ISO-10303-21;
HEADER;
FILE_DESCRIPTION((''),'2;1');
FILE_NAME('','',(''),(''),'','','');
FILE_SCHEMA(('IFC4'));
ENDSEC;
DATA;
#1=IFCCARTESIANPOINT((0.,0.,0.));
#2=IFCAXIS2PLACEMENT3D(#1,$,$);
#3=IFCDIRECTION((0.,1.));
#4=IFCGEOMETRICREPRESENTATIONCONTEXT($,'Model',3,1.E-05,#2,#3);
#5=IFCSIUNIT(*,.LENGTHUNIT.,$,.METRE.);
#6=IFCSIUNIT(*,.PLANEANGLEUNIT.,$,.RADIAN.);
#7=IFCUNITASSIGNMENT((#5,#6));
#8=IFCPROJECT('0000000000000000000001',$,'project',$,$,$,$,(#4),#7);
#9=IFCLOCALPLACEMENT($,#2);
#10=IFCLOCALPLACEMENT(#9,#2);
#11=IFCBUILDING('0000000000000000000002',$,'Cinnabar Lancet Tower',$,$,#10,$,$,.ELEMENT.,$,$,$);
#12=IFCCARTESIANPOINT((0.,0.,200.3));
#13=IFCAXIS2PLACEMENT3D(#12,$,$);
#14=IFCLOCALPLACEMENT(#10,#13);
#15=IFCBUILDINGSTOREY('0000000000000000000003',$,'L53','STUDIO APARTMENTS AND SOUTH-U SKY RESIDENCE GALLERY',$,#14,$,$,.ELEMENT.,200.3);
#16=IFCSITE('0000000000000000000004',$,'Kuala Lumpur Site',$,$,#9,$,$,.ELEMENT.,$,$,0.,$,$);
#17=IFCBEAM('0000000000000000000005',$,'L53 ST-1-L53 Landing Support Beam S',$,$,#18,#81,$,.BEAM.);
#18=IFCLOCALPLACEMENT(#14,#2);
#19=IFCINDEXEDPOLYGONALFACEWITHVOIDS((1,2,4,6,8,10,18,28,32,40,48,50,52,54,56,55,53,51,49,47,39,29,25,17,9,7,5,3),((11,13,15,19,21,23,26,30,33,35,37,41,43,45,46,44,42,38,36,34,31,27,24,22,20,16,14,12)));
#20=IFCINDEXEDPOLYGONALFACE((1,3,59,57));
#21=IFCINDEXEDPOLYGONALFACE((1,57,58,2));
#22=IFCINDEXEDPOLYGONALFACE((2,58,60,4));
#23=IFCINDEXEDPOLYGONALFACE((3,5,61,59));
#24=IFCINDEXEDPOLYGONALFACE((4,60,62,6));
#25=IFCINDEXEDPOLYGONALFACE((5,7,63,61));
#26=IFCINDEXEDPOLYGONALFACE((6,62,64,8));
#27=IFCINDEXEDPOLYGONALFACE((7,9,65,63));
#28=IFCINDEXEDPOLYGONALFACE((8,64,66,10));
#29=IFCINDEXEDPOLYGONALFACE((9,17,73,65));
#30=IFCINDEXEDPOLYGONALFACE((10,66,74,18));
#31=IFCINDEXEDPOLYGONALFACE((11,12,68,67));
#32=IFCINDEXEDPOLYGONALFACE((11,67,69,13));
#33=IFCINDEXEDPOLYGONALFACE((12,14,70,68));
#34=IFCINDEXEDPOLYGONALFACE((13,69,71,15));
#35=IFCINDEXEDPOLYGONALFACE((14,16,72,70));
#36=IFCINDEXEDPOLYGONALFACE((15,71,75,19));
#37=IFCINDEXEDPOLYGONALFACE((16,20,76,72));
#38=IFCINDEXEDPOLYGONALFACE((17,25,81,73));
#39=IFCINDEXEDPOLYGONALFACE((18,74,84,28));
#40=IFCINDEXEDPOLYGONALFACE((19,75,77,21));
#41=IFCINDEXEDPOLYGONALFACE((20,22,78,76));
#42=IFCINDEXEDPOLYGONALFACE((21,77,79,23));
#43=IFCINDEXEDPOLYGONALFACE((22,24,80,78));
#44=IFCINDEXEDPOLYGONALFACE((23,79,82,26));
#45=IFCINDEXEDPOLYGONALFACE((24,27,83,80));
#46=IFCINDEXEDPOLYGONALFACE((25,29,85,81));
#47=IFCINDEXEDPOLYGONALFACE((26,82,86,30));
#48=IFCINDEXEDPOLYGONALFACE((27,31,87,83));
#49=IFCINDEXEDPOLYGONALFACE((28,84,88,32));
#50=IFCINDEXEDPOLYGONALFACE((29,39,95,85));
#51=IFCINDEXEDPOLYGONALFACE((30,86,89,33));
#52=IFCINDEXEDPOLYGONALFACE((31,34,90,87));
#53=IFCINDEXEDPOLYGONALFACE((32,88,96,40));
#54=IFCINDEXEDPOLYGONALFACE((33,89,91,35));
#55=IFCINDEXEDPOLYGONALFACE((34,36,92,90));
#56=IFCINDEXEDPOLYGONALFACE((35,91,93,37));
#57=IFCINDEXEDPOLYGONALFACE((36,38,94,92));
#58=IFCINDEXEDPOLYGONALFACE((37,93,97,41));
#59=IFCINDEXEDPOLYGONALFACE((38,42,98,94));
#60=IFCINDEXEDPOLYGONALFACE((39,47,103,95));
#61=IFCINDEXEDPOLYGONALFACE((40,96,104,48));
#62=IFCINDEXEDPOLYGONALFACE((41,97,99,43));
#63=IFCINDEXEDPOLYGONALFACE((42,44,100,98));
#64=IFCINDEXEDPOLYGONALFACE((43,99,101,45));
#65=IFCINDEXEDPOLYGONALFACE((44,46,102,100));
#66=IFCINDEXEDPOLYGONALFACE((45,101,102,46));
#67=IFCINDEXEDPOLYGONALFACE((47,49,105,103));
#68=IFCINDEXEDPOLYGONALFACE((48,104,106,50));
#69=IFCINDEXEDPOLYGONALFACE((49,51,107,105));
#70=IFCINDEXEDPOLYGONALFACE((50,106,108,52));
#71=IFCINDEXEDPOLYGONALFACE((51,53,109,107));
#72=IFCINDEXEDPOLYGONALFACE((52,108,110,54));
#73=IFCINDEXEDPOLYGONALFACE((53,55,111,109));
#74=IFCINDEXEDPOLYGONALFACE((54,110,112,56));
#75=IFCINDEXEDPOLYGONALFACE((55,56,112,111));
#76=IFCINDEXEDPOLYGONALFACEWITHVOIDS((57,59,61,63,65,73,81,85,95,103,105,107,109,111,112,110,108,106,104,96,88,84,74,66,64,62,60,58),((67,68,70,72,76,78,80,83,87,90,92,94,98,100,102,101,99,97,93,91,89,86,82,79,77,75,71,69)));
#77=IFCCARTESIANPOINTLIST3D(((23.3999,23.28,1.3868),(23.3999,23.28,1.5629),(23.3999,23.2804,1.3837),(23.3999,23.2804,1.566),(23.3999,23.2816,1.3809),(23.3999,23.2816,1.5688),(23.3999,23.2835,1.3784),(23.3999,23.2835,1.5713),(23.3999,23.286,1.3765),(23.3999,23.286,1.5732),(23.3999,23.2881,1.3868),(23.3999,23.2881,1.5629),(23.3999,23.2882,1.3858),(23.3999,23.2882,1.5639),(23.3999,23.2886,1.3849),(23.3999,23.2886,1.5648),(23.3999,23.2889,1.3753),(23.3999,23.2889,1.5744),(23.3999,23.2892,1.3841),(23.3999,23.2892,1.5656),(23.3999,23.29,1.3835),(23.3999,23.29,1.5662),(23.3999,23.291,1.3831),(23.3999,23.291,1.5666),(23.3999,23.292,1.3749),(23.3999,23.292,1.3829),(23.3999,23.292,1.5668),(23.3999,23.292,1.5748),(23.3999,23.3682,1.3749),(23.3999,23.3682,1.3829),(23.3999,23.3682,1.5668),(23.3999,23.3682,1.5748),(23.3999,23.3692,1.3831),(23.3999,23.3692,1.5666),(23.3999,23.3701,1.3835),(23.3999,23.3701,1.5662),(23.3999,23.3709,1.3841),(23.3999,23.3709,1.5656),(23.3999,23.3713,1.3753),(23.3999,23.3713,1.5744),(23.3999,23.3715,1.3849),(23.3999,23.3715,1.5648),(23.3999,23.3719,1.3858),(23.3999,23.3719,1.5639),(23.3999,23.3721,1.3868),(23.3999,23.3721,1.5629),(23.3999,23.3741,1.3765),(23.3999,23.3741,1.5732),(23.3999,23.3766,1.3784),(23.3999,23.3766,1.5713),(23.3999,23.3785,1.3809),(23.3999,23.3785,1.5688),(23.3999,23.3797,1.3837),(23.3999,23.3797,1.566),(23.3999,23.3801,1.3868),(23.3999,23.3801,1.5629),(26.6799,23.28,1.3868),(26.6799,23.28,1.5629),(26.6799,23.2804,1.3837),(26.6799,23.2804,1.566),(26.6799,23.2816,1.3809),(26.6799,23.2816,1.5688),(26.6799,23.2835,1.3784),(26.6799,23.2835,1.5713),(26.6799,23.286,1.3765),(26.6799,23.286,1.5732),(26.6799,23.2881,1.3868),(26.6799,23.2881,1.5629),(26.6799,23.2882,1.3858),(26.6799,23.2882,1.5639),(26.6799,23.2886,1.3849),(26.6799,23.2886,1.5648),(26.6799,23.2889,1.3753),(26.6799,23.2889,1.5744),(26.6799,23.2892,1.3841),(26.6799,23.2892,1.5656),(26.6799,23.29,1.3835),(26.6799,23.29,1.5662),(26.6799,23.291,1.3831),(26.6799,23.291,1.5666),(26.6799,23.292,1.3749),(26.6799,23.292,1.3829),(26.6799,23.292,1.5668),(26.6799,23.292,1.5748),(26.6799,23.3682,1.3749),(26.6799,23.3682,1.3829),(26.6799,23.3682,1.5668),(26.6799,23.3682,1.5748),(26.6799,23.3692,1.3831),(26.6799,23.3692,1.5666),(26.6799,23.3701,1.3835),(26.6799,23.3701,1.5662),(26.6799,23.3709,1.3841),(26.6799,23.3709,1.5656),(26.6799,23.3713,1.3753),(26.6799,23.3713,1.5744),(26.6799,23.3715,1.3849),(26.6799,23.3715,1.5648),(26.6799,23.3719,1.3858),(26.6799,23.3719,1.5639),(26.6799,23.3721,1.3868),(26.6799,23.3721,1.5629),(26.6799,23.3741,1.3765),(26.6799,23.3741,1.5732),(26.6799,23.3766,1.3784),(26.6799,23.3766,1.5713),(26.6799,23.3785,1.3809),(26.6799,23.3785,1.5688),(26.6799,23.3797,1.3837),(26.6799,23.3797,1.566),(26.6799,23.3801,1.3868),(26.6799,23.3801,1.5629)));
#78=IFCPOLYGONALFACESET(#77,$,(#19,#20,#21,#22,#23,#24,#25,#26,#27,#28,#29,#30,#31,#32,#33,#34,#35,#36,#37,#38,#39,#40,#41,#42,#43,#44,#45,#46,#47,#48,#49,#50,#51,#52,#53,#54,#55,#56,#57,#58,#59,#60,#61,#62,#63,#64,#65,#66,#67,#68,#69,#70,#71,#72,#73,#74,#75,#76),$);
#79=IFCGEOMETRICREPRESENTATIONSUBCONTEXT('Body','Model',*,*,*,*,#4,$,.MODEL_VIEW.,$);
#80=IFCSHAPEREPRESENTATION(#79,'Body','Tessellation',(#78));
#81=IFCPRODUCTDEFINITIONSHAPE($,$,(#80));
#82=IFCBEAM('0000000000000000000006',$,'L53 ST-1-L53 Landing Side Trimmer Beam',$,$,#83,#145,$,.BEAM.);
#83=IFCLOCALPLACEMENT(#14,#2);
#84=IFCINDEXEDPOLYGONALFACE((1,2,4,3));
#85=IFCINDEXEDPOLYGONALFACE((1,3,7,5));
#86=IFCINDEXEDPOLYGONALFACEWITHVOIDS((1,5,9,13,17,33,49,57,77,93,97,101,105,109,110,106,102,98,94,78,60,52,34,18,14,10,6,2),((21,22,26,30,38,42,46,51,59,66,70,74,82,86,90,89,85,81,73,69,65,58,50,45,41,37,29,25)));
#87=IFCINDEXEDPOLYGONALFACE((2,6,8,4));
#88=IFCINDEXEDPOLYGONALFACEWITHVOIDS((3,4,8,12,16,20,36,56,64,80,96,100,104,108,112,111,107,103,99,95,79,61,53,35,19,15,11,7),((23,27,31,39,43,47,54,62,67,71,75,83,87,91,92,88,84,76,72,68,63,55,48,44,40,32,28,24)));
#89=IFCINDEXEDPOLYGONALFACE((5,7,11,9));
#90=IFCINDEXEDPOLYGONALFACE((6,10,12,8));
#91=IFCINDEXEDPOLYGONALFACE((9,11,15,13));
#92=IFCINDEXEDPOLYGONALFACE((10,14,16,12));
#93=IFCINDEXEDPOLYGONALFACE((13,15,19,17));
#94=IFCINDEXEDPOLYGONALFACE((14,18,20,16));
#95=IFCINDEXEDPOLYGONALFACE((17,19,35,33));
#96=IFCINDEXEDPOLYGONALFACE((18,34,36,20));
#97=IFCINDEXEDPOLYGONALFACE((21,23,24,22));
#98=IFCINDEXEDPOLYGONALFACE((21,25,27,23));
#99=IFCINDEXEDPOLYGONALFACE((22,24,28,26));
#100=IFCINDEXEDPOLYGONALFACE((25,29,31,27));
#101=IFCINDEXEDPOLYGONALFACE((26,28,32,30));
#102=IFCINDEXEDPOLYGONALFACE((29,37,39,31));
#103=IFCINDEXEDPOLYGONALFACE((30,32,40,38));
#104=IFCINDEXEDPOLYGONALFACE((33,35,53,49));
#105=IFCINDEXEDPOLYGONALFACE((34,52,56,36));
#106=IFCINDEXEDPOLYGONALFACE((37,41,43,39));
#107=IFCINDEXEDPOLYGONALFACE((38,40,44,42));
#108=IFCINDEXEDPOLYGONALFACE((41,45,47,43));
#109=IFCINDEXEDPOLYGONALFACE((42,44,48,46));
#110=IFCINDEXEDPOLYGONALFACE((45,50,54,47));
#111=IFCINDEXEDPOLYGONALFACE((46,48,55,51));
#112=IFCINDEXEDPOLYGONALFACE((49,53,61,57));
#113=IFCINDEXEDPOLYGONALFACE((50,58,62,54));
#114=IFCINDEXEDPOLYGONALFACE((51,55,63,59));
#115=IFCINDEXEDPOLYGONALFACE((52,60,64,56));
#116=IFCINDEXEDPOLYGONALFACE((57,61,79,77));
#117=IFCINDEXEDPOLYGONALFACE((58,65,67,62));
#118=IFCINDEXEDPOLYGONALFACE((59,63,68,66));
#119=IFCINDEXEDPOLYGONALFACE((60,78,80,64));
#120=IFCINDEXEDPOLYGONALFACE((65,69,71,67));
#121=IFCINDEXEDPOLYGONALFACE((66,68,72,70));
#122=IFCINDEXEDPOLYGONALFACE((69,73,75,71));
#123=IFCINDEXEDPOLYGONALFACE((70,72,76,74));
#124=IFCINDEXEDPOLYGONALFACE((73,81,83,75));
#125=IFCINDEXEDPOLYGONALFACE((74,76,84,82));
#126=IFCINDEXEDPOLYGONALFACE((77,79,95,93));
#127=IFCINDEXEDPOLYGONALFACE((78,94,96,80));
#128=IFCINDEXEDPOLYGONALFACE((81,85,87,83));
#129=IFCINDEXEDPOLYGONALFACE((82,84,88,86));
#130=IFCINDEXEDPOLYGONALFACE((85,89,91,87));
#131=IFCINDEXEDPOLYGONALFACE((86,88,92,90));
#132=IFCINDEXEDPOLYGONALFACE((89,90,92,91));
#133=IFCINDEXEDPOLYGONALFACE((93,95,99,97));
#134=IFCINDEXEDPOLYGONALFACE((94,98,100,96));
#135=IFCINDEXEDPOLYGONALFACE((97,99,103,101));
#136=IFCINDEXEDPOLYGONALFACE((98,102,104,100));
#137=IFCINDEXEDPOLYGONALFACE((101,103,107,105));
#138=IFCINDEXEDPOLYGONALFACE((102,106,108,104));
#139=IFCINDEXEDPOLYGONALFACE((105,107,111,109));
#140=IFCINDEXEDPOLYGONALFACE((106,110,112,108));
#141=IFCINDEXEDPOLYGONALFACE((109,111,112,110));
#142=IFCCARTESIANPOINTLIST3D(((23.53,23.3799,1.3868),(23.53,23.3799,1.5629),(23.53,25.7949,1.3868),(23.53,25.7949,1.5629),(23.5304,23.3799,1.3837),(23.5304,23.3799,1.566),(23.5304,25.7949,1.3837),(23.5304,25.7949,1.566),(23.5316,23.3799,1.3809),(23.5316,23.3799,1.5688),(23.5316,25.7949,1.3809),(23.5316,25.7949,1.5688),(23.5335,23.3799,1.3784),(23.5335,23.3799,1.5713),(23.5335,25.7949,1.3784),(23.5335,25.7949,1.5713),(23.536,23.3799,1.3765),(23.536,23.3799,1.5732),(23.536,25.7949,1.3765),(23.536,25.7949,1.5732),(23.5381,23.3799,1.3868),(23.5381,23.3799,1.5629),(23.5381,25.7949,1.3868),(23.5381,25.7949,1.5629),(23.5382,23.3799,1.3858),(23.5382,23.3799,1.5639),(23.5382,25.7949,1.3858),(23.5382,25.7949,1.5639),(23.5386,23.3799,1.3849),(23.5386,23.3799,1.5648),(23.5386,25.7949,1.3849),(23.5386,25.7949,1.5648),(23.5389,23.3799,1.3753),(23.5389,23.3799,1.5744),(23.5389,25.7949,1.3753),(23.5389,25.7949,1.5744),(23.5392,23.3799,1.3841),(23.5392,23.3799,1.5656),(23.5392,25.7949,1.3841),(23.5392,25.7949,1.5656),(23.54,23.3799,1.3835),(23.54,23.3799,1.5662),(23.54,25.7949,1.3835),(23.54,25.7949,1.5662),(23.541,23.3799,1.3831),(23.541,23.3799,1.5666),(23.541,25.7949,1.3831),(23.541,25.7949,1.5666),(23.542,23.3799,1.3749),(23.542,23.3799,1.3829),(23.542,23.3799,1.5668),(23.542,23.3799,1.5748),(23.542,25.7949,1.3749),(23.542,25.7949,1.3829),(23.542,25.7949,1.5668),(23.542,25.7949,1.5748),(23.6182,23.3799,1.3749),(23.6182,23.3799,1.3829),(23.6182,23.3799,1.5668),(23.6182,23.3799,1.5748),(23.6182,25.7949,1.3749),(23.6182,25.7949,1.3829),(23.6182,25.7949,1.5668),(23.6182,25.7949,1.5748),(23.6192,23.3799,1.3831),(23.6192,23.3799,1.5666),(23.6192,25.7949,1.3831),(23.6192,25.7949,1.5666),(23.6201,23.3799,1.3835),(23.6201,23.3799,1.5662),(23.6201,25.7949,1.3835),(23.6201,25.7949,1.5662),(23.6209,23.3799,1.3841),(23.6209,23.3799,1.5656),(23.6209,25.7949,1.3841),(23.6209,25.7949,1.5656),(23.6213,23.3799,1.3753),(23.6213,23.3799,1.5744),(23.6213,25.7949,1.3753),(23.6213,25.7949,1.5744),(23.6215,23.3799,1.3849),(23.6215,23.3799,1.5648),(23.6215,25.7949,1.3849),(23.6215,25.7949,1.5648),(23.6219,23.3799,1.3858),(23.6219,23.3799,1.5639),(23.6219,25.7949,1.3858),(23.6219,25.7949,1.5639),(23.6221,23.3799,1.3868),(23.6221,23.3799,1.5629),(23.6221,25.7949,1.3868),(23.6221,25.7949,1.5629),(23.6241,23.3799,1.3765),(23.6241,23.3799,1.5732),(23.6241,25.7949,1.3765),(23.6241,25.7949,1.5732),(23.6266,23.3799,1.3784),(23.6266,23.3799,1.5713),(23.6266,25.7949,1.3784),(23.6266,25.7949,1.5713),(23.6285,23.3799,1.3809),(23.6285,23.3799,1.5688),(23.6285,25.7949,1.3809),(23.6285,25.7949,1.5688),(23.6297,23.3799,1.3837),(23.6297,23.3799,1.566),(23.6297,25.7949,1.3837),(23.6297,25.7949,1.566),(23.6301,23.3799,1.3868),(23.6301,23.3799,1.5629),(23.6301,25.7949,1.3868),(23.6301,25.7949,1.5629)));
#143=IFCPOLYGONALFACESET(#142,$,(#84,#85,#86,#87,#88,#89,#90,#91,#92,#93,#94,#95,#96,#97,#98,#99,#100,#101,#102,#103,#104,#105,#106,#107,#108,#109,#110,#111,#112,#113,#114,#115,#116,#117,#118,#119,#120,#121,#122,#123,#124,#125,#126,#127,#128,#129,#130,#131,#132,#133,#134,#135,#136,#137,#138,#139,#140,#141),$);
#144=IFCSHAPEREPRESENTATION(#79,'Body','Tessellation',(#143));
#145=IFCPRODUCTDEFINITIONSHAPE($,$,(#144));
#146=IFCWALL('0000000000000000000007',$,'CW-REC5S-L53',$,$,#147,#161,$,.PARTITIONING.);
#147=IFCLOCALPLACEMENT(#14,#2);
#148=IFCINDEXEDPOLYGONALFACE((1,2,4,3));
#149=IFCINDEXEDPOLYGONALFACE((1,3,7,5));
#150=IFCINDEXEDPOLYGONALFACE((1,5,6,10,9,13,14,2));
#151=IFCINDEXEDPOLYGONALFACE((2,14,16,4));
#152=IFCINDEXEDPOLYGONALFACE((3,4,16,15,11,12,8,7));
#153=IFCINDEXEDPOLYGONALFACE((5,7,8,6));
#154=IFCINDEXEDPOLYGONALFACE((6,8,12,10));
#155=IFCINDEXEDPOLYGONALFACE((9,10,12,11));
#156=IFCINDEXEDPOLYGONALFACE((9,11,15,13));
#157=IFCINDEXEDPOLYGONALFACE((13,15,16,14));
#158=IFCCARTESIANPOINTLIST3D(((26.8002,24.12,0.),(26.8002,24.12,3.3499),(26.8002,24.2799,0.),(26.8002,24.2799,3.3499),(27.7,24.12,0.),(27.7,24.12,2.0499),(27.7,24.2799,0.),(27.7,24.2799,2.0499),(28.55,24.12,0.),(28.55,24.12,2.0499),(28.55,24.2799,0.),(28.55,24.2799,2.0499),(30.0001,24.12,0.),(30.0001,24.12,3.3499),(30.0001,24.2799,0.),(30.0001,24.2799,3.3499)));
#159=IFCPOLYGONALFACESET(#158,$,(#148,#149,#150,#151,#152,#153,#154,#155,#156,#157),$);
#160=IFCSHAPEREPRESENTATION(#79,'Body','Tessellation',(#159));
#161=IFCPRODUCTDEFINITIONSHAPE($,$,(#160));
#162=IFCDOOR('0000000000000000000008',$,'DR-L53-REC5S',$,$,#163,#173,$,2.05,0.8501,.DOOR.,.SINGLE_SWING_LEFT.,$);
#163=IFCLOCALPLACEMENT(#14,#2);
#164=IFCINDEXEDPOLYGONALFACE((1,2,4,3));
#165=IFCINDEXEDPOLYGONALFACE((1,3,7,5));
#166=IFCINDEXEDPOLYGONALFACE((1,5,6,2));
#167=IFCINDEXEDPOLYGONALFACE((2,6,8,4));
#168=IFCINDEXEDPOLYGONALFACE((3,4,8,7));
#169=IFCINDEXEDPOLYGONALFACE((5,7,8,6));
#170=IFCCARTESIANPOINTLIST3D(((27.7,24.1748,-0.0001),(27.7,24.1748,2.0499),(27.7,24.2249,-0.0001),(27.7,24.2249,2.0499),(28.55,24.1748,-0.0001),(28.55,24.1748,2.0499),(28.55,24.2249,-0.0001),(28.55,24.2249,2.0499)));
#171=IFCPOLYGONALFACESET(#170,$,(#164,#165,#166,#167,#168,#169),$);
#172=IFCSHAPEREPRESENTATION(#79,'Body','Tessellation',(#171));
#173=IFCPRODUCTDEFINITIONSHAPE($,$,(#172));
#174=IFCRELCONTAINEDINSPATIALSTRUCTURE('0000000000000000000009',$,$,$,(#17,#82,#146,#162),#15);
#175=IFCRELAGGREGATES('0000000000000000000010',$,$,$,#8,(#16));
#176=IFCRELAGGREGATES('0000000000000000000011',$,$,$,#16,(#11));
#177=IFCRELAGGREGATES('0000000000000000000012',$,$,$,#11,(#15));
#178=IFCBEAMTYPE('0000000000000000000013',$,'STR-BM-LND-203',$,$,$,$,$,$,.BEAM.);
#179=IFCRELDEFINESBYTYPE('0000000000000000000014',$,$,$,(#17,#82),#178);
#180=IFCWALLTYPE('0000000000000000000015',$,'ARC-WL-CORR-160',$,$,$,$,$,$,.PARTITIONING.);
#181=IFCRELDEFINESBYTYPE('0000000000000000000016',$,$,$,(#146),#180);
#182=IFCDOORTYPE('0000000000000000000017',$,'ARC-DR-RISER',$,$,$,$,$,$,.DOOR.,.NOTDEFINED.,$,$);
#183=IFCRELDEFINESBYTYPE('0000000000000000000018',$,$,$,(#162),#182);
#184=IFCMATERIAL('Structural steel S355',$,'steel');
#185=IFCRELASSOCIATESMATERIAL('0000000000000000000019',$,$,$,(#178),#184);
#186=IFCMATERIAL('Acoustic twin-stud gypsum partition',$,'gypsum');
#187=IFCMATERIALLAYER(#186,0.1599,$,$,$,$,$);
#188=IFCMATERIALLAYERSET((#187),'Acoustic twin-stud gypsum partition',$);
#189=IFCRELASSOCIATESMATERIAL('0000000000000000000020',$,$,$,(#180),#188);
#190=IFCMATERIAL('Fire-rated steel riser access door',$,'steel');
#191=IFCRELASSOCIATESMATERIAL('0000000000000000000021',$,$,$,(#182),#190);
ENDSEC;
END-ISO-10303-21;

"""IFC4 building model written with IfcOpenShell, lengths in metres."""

from ifc_helpers import new_model, si_unit, direction, frame, frame_2d, origin, origin_2d, place, context, subcontext, project, spatial, rectangle, hollow_rectangle, extrude, material, layer, layer_set, material_profile, profile_set, type_object, element, fill, save


model = new_model("IFC4")

# Units and contexts
model_context = context("Model", 3, precision=1e-05, world=origin(), true_north=direction((0.0, 1.0)))
body_context = subcontext(model_context, "Body", "Model", "MODEL_VIEW")
ifc_project = project(units=[si_unit("LENGTHUNIT", "METRE"), si_unit("PLANEANGLEUNIT", "RADIAN")], contexts=[model_context])

# Site, building, storey
site_placement = place(None, origin())
site = spatial("IfcSite", under=ifc_project, at=site_placement, Name="Kuala Lumpur Site", CompositionType="ELEMENT", RefElevation=0.0)
building_placement = place(site_placement, origin())
building = spatial("IfcBuilding", under=site, at=building_placement, Name="Cinnabar Lancet Tower", CompositionType="ELEMENT")
storey_placement = place(building_placement, frame((0.0, 0.0, 200.3)))
storey = spatial("IfcBuildingStorey", under=building, at=storey_placement, Name="L53", Description="STUDIO APARTMENTS AND SOUTH-U SKY RESIDENCE GALLERY", CompositionType="ELEMENT", Elevation=200.3)

# Beams
ifc_material_1 = material(Name="Structural steel S355", Category="steel")
ifc_material_profile = material_profile(ifc_material_1, hollow_rectangle(XDim=0.1001, YDim=0.2, WallThickness=0.0081, InnerFilletRadius=0.0039, OuterFilletRadius=0.012, at=origin_2d()), Name="RHS 200x100x8")
ifc_profile_set = profile_set([ifc_material_profile], Name="Structural steel S355")
beam_type = type_object("IfcBeamType", Name="STR-BM-LND-203", PredefinedType="BEAM", material=ifc_profile_set)
beam_1_placement = place(storey_placement, frame((23.3999, 23.3301, 1.4749), z_axis=(1.0, 0.0, 0.0), x_axis=(0.0, 1.0, 0.0)))
element("IfcBeam", 1, at=beam_1_placement, inside=storey, type_object=beam_type, Name="L53 ST-1-L53 Landing Support Beam S", PredefinedType="BEAM", context=body_context, shape_type="SweptSolid", body=[
    extrude(hollow_rectangle(XDim=0.1001, YDim=0.2, WallThickness=0.0081, InnerFilletRadius=0.0039, OuterFilletRadius=0.012, at=origin_2d()), origin(), (0.0, 0.0, 1.0), 3.28),
])
beam_2_placement = place(storey_placement, frame((23.5801, 23.3799, 1.4749), z_axis=(0.0, 1.0, 0.0), x_axis=(-1.0, 0.0, 0.0)))
element("IfcBeam", 2, at=beam_2_placement, inside=storey, type_object=beam_type, Name="L53 ST-1-L53 Landing Side Trimmer Beam", PredefinedType="BEAM", context=body_context, shape_type="SweptSolid", body=[
    extrude(hollow_rectangle(XDim=0.1001, YDim=0.2, WallThickness=0.0081, InnerFilletRadius=0.0039, OuterFilletRadius=0.012, at=origin_2d()), origin(), (0.0, 0.0, 1.0), 2.415),
])

# Wall, opening, door
ifc_material_2 = material(Name="Acoustic twin-stud gypsum partition", Category="gypsum")
ifc_layer_1 = layer(ifc_material_2, 0.1599)
ifc_layer_set_1 = layer_set([ifc_layer_1], Name="Acoustic twin-stud gypsum partition")
wall_type_1 = type_object("IfcWallType", Name="ARC-WL-CORR-160", PredefinedType="PARTITIONING", material=ifc_layer_set_1)
wall_1_placement = place(storey_placement, frame((26.8, 24.2, 0.0), z_axis=(0.0, 0.0, 1.0), x_axis=(1.0, 0.0, 0.0)))
wall_1 = element("IfcWall", 3, at=wall_1_placement, inside=storey, type_object=wall_type_1, Name="CW-REC5S-L53", PredefinedType="PARTITIONING", context=body_context, shape_type="SweptSolid", body=[
    extrude(rectangle(XDim=3.2, YDim=0.1599, at=frame_2d((1.6001, 0.0))), origin(), (0.0, 0.0, 1.0), 3.3499),
])
opening_1_placement = place(wall_1_placement, frame((0.8999, 0.0, 0.0)))
opening_1 = element("IfcOpeningElement", 4, at=opening_1_placement, cuts=wall_1, PredefinedType="OPENING", context=body_context, shape_type="SweptSolid", body=[
    extrude(rectangle(XDim=0.8501, YDim=2.05, at=frame_2d((0.425, 1.0249))), frame((0.0, 0.0898, 0.0), z_axis=(0.0, -1.0, 0.0), x_axis=(1.0, 0.0, 0.0)), (0.0, 0.0, 1.0), 0.1799),
])
ifc_material_3 = material(Name="Fire-rated steel riser access door", Category="steel")
door_type_1 = type_object("IfcDoorType", Name="ARC-DR-RISER", OperationType="NOTDEFINED", PredefinedType="DOOR", material=ifc_material_3)
door_1_placement = place(opening_1_placement, origin())
door_1 = element("IfcDoor", 5, at=door_1_placement, inside=storey, type_object=door_type_1, Name="DR-L53-REC5S", OperationType="SINGLE_SWING_LEFT", OverallHeight=2.05, OverallWidth=0.8501, PredefinedType="DOOR", context=body_context, shape_type="SweptSolid", body=[
    extrude(rectangle(XDim=0.8501, YDim=2.05, at=frame_2d((0.425, 1.0249))), frame((0.0, 0.0249, 0.0), z_axis=(0.0, -1.0, 0.0), x_axis=(1.0, 0.0, 0.0)), (0.0, 0.0, 1.0), 0.05),
])
fill(opening_1, door_1)

save(model, "model.ifc")
